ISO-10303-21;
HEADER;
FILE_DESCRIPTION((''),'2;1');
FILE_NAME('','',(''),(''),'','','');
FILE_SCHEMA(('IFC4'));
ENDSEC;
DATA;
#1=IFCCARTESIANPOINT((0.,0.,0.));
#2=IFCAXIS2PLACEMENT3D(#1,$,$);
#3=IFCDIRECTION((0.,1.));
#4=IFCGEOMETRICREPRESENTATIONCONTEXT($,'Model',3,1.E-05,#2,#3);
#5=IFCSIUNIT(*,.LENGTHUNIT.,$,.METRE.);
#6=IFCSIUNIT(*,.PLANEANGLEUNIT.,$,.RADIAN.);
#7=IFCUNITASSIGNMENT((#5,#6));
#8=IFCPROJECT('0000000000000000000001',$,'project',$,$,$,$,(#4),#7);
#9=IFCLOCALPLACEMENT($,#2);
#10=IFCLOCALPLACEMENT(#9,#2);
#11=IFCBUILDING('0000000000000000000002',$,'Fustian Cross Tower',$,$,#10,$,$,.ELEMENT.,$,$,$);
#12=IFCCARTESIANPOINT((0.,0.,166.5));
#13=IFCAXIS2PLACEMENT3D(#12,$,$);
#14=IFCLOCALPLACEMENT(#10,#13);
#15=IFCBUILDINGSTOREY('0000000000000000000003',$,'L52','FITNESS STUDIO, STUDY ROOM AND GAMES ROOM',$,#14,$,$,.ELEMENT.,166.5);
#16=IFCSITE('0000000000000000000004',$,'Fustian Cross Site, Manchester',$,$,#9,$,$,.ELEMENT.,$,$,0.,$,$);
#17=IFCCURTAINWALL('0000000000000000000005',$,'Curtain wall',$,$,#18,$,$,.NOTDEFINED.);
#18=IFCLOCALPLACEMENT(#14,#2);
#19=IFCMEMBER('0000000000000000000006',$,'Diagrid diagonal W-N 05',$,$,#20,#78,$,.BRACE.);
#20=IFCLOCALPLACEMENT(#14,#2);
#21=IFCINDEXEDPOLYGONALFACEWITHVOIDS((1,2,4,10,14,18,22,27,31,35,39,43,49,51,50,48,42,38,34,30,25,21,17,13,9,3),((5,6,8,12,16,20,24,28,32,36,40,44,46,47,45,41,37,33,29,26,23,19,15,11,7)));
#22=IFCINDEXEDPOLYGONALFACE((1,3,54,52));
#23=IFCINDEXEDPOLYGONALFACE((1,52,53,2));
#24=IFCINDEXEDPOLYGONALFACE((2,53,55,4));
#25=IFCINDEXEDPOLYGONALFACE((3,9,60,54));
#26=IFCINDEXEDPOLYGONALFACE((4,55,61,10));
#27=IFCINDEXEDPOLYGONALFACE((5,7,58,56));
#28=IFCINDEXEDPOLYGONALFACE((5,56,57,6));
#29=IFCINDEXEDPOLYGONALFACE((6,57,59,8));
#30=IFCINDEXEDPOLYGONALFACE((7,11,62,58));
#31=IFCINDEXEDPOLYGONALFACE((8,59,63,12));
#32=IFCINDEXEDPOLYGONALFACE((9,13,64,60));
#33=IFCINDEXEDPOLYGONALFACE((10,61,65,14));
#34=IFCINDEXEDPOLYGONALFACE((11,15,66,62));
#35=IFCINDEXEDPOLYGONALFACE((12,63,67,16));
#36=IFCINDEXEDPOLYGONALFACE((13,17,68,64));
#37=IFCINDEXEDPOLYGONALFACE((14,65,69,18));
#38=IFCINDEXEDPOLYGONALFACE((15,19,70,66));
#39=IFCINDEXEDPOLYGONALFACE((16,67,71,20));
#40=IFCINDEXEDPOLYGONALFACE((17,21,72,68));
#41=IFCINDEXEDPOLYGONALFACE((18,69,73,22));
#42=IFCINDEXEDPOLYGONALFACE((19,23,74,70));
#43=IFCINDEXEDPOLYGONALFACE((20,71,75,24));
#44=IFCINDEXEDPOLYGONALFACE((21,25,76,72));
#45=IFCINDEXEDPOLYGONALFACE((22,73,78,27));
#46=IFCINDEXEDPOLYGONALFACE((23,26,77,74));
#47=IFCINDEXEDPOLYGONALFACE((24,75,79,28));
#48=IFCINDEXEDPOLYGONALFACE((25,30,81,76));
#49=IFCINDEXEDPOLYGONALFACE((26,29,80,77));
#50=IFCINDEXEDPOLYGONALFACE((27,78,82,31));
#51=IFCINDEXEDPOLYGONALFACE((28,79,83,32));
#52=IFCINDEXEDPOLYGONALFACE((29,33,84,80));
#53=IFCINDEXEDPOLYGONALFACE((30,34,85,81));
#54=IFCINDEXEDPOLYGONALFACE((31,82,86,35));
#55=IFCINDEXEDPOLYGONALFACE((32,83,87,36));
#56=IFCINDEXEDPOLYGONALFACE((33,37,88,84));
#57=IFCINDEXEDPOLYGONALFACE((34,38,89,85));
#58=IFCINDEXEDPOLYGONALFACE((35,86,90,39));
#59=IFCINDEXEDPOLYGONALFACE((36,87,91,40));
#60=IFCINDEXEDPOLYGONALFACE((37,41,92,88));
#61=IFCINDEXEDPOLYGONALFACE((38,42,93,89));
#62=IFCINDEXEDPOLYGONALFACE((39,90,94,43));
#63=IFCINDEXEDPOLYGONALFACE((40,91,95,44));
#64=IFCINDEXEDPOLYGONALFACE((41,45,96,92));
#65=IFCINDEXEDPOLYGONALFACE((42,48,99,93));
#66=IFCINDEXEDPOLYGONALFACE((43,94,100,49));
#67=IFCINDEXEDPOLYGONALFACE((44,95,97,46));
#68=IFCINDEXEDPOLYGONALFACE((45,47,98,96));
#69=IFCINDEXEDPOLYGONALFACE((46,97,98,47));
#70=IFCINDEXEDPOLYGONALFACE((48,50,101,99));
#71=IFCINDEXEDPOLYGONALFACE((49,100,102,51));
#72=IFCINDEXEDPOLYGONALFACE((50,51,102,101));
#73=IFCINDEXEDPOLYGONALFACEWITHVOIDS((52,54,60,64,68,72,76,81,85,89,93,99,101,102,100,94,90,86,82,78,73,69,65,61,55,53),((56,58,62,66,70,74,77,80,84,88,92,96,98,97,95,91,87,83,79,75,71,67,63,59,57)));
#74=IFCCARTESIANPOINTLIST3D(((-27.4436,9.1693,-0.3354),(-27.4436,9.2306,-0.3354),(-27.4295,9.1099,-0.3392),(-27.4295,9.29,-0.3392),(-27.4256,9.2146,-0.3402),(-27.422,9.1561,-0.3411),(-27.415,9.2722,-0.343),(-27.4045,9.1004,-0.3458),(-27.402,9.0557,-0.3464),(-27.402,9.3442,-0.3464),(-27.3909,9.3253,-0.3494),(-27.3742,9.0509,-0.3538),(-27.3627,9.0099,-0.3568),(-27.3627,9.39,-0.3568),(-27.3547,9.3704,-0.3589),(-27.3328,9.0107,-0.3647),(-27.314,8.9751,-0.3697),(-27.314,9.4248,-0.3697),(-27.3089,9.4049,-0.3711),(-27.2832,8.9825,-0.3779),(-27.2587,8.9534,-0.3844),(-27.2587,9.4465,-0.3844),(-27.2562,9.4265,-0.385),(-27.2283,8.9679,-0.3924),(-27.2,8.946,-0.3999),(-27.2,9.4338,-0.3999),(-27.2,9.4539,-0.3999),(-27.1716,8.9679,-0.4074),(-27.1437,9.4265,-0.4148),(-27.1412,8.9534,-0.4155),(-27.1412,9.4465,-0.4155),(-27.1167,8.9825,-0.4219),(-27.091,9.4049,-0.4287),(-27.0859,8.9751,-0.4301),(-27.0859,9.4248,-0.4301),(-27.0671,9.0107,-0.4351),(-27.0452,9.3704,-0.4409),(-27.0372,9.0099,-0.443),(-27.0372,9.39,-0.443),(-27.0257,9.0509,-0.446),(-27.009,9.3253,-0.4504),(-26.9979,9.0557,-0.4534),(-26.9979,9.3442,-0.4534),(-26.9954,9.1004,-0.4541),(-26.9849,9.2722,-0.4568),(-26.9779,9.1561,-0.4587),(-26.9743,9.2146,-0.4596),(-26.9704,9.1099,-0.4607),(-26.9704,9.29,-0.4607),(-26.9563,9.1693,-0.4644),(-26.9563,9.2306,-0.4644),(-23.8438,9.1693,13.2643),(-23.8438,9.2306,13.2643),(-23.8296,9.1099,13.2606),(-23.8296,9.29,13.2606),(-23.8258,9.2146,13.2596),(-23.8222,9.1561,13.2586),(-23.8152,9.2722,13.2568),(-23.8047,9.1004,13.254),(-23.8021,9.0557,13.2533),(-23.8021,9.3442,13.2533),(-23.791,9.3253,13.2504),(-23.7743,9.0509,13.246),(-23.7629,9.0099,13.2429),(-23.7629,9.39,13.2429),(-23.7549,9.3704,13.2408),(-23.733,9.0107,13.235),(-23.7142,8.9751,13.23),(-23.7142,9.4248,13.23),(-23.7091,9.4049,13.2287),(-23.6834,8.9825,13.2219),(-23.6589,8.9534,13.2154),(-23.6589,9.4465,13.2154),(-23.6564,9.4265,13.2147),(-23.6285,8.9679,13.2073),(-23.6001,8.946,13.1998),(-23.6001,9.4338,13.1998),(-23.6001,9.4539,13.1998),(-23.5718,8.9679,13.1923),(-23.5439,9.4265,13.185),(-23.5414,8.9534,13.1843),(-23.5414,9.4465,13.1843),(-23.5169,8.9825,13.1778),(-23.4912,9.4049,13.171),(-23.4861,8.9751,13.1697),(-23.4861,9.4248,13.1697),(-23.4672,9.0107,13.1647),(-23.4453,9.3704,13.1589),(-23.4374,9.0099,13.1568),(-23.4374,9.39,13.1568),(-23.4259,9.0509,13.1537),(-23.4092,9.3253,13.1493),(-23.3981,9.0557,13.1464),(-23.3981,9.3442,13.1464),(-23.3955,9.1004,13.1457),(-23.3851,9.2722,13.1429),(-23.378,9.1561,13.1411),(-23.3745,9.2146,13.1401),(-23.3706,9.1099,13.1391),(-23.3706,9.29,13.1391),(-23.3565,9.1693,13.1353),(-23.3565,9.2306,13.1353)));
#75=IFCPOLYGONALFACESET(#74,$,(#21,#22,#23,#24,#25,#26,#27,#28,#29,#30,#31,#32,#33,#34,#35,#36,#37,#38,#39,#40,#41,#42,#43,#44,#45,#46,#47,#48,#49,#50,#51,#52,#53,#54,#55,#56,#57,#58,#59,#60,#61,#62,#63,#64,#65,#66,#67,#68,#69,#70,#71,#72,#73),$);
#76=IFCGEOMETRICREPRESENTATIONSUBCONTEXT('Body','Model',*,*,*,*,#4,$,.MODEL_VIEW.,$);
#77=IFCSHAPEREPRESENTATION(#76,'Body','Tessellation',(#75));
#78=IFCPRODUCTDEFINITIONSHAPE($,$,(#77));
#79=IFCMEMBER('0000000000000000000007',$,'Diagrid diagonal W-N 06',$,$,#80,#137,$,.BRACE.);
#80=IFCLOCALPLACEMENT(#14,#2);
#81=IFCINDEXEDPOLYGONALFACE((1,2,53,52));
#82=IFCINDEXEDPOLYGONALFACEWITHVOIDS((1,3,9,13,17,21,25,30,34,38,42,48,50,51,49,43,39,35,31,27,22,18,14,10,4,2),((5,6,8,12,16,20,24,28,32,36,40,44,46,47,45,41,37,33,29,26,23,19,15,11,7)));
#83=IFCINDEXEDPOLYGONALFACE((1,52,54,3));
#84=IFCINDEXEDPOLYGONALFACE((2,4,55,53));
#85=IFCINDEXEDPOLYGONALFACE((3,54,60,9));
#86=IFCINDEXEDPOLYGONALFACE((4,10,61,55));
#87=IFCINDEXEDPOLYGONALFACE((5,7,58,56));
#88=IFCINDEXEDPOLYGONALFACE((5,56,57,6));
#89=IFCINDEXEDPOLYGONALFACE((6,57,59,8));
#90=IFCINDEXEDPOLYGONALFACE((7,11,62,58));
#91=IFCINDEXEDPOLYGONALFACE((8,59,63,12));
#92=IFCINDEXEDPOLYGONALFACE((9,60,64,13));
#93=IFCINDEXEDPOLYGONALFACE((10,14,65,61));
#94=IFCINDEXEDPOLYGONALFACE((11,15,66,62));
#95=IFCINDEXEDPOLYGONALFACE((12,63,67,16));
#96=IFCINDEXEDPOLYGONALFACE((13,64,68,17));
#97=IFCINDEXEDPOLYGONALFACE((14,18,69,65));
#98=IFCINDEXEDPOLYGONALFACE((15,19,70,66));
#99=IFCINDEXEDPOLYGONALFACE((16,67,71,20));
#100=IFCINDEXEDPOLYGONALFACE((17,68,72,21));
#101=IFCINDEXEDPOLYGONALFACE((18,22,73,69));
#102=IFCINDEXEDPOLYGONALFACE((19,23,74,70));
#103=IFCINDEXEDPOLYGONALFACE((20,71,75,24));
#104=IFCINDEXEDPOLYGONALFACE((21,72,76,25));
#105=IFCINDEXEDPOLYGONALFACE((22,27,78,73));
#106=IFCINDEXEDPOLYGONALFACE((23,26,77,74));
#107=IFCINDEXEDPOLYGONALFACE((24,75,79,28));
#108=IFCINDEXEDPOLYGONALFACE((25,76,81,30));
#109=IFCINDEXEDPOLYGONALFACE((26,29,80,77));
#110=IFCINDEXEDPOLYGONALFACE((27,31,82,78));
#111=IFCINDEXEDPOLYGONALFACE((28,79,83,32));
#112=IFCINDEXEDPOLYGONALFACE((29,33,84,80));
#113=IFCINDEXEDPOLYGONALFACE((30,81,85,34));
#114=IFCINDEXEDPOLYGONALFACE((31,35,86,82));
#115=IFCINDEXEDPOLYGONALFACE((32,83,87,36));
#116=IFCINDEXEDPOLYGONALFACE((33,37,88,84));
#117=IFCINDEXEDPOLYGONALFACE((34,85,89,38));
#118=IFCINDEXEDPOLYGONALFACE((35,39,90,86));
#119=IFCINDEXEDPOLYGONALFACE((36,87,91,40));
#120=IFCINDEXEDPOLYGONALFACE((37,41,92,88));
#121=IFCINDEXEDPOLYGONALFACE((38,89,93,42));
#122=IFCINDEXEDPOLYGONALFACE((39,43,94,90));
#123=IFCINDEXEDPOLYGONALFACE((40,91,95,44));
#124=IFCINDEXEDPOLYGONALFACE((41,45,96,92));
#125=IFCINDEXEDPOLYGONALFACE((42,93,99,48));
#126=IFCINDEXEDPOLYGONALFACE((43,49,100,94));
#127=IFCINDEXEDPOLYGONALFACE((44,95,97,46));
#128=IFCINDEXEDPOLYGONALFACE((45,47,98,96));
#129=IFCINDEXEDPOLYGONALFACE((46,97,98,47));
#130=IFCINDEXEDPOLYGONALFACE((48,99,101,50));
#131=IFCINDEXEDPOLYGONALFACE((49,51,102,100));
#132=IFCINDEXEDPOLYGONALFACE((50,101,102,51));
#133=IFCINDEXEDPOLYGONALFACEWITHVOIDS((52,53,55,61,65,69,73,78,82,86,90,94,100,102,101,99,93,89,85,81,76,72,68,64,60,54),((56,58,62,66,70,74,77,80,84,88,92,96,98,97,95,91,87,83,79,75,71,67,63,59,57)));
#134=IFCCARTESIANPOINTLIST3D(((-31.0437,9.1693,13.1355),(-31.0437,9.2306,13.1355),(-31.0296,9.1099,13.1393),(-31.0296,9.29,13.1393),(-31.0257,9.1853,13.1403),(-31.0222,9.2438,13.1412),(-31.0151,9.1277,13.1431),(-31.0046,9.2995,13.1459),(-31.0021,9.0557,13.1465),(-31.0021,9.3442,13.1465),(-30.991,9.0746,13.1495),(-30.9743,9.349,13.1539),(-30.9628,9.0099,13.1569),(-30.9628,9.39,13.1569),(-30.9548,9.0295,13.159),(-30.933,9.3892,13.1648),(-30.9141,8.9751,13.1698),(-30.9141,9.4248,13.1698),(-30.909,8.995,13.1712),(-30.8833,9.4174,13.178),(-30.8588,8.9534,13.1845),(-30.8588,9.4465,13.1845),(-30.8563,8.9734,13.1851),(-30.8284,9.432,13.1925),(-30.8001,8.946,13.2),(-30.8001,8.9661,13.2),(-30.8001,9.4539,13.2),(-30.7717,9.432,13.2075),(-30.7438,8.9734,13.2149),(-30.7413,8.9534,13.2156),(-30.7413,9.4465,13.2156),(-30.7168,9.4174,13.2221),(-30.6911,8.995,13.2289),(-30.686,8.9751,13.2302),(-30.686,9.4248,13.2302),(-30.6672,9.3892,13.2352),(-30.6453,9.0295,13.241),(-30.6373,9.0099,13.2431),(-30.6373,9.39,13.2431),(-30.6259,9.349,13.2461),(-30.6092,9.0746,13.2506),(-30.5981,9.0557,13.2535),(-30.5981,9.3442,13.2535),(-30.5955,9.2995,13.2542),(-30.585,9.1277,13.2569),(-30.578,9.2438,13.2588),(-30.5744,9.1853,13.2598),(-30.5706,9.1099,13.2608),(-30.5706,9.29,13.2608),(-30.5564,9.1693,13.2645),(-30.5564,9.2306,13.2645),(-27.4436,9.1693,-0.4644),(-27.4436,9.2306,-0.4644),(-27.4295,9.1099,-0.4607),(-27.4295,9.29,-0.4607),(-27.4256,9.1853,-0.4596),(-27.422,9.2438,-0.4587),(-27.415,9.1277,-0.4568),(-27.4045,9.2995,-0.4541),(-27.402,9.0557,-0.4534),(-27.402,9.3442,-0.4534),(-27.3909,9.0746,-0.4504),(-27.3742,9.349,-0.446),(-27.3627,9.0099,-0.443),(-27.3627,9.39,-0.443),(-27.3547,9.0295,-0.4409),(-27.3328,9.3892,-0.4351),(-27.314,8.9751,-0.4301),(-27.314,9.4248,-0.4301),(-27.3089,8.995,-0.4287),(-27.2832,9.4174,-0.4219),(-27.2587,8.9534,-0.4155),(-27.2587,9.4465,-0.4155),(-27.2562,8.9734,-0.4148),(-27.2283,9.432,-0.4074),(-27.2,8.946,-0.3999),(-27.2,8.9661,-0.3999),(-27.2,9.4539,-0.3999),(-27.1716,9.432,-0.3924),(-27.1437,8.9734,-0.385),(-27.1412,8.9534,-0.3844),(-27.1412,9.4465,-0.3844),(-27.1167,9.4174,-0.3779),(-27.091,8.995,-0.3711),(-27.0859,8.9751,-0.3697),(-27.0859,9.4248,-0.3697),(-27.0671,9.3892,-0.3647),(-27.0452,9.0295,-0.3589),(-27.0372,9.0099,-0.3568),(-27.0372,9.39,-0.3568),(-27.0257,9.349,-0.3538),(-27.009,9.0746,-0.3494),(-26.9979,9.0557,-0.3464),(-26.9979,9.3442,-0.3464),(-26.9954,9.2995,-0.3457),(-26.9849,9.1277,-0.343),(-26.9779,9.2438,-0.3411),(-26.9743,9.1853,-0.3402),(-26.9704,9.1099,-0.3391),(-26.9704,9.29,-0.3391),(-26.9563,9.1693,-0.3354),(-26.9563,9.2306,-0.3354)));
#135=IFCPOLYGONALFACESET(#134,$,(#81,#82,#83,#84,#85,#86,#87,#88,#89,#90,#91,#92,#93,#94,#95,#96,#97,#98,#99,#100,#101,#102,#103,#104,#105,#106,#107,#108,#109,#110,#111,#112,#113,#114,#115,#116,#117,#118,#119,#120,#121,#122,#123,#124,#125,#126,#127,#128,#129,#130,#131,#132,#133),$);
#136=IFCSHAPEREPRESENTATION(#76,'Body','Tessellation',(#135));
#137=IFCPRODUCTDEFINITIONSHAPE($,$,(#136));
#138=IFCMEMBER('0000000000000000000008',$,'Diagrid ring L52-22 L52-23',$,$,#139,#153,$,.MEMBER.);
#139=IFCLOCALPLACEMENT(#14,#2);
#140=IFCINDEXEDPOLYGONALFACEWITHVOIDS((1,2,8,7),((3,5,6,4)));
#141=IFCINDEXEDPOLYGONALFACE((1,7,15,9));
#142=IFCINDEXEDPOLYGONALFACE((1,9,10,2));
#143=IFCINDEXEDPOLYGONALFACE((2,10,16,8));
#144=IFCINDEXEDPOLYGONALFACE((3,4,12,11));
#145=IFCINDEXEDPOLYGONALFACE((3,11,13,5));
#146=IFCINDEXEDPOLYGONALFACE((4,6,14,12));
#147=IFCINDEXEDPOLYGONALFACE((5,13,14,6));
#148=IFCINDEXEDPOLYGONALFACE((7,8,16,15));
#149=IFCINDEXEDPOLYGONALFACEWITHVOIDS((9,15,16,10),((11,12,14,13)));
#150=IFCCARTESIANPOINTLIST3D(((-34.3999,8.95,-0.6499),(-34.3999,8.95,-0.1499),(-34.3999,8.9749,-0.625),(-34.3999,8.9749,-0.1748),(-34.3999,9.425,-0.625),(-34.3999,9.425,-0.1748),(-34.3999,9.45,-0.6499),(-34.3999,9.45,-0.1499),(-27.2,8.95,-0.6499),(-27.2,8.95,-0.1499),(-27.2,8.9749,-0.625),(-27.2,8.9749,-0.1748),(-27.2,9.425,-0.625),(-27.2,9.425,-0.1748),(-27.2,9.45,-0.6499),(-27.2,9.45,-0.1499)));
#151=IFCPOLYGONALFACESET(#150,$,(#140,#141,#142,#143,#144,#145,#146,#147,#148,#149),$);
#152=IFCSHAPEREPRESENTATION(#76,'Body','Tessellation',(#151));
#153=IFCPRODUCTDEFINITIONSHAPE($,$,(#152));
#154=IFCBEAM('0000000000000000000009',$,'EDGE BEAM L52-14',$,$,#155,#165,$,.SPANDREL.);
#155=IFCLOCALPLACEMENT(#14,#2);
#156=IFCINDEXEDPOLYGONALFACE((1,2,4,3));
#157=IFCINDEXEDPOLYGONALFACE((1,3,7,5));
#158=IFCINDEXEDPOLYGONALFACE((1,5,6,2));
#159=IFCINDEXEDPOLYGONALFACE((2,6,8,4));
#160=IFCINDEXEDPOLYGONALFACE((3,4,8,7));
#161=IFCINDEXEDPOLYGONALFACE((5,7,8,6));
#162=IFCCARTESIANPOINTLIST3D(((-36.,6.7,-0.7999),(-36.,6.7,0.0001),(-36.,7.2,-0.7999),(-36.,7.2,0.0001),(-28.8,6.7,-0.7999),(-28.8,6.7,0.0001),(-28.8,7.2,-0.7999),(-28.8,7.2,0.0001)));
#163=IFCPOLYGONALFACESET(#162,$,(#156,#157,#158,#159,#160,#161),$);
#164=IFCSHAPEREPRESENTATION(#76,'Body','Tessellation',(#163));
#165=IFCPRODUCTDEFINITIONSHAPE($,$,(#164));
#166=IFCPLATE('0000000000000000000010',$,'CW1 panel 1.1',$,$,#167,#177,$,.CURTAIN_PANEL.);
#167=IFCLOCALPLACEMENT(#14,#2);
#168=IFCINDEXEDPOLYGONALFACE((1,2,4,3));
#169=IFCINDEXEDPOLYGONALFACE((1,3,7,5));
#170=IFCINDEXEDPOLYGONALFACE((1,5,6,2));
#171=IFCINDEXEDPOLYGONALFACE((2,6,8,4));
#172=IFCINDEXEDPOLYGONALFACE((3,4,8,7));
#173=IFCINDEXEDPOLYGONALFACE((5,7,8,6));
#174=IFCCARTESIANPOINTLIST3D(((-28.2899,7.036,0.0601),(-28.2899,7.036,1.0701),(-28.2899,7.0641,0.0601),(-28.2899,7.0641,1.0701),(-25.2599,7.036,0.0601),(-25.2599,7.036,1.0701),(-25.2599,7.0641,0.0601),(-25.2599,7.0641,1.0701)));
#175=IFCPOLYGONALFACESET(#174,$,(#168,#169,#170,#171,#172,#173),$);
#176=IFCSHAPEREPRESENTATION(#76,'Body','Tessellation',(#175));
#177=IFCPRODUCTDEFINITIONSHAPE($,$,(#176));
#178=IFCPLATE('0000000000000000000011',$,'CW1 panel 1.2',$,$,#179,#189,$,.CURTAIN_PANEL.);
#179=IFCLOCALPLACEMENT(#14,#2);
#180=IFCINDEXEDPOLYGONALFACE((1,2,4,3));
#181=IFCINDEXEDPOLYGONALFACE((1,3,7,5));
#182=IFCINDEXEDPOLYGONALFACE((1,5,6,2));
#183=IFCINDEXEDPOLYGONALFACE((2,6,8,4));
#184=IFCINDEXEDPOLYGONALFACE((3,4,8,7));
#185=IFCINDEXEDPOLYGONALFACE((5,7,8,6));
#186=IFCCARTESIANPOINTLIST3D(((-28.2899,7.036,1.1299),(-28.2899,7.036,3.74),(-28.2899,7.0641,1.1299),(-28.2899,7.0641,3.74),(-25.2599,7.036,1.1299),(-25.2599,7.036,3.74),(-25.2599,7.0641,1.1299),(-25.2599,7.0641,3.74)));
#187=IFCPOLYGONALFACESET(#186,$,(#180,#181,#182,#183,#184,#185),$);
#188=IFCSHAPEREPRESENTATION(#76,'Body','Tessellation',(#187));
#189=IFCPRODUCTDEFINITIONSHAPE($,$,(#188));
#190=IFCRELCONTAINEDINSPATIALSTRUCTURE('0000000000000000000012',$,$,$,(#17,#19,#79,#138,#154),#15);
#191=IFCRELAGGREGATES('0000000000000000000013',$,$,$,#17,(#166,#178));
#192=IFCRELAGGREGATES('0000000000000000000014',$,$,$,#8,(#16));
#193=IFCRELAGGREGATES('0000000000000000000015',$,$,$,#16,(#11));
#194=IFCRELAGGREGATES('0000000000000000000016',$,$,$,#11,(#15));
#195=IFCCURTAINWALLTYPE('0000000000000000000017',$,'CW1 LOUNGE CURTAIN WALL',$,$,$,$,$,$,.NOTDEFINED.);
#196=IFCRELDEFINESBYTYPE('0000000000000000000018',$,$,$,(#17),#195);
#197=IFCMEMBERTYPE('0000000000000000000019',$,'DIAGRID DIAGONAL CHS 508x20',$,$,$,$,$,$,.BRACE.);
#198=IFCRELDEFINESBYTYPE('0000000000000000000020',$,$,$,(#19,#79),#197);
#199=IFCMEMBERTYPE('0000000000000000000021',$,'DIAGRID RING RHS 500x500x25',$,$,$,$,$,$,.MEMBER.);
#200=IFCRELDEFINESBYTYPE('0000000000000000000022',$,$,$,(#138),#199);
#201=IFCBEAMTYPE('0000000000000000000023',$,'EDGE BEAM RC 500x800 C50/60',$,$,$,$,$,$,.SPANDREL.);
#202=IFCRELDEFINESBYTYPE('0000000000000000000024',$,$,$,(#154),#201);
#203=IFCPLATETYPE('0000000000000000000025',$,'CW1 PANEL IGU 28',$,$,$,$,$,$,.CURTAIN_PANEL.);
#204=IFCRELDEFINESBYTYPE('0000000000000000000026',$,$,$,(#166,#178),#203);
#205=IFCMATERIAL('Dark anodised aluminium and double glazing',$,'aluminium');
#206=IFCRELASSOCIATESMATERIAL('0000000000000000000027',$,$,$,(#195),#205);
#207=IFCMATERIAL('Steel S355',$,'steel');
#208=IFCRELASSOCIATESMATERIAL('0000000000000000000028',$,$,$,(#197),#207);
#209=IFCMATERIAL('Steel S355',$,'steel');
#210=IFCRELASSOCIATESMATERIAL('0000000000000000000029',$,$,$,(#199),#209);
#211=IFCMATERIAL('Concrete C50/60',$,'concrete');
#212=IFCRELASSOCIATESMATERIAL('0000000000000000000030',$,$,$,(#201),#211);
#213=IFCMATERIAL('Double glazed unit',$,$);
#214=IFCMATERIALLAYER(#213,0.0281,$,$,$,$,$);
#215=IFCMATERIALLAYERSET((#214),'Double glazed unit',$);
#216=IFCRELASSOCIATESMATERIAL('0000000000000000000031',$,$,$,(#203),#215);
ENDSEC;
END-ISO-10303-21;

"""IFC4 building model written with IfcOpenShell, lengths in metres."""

from ifc_helpers import new_model, si_unit, direction, frame, origin, origin_2d, place, context, subcontext, project, spatial, rectangle, hollow_rectangle, hollow_circle, extrude, material, layer, layer_set, material_profile, profile_set, type_object, element, aggregate, save


model = new_model("IFC4")

# Units and contexts
model_context = context("Model", 3, precision=1e-05, world=origin(), true_north=direction((0.0, 1.0)))
body_context = subcontext(model_context, "Body", "Model", "MODEL_VIEW")
ifc_project = project(units=[si_unit("LENGTHUNIT", "METRE"), si_unit("PLANEANGLEUNIT", "RADIAN")], contexts=[model_context])

# Site, building, storey
site_placement = place(None, origin())
site = spatial("IfcSite", under=ifc_project, at=site_placement, Name="Fustian Cross Site, Manchester", CompositionType="ELEMENT", RefElevation=0.0)
building_placement = place(site_placement, origin())
building = spatial("IfcBuilding", under=site, at=building_placement, Name="Fustian Cross Tower", CompositionType="ELEMENT")
storey_placement = place(building_placement, frame((0.0, 0.0, 166.5)))
storey = spatial("IfcBuildingStorey", under=building, at=storey_placement, Name="L52", Description="FITNESS STUDIO, STUDY ROOM AND GAMES ROOM", CompositionType="ELEMENT", Elevation=166.5)

# Curtain wall
ifc_material_1 = material(Name="Dark anodised aluminium and double glazing", Category="aluminium")
curtain_wall_type = type_object("IfcCurtainWallType", Name="CW1 LOUNGE CURTAIN WALL", PredefinedType="NOTDEFINED", material=ifc_material_1)
curtain_wall_1_placement = place(storey_placement, origin())
curtain_wall_1 = element("IfcCurtainWall", 1, at=curtain_wall_1_placement, inside=storey, type_object=curtain_wall_type, Name="Curtain wall", PredefinedType="NOTDEFINED")

# Members
ifc_material_2 = material(Name="Steel S355", Category="steel")
ifc_material_profile_1 = material_profile(ifc_material_2, hollow_circle(Radius=0.2539, WallThickness=0.02, at=origin_2d()), Name="CHS 508x20")
ifc_profile_set_1 = profile_set([ifc_material_profile_1], Name="Steel S355")
member_type_1 = type_object("IfcMemberType", Name="DIAGRID DIAGONAL CHS 508x20", PredefinedType="BRACE", material=ifc_profile_set_1)
member_1_placement = place(storey_placement, frame((-27.2, 9.2, -0.3999), z_axis=(0.255885, 0.0, 0.966707), x_axis=(0.0, 1.0, 0.0)))
element("IfcMember", 2, at=member_1_placement, inside=storey, type_object=member_type_1, Name="Diagrid diagonal W-N 05", PredefinedType="BRACE", context=body_context, shape_type="SweptSolid", body=[
    extrude(hollow_circle(Radius=0.2539, WallThickness=0.02, at=origin_2d()), origin(), (0.0, 0.0, 1.0), 14.0681),
])
member_2_placement = place(storey_placement, frame((-27.2, 9.2, -0.3999), z_axis=(-0.255902, 0.0, 0.966703), x_axis=(0.0, -1.0, 0.0)))
element("IfcMember", 3, at=member_2_placement, inside=storey, type_object=member_type_1, Name="Diagrid diagonal W-N 06", PredefinedType="BRACE", context=body_context, shape_type="SweptSolid", body=[
    extrude(hollow_circle(Radius=0.2539, WallThickness=0.02, at=origin_2d()), origin(), (0.0, 0.0, 1.0), 14.0684),
])
ifc_material_3 = material(Name="Steel S355", Category="steel")
ifc_material_profile_2 = material_profile(ifc_material_3, hollow_rectangle(XDim=0.5, YDim=0.5, WallThickness=0.0249, at=origin_2d()), Name="RHS 500x500x25")
ifc_profile_set_2 = profile_set([ifc_material_profile_2], Name="Steel S355")
member_type_2 = type_object("IfcMemberType", Name="DIAGRID RING RHS 500x500x25", PredefinedType="MEMBER", material=ifc_profile_set_2)
member_3_placement = place(storey_placement, frame((-27.2, 9.2, -0.3999), z_axis=(-1.0, 0.0, 0.0), x_axis=(0.0, -1.0, 0.0)))
element("IfcMember", 4, at=member_3_placement, inside=storey, type_object=member_type_2, Name="Diagrid ring L52-22 L52-23", PredefinedType="MEMBER", context=body_context, shape_type="SweptSolid", body=[
    extrude(hollow_rectangle(XDim=0.5, YDim=0.5, WallThickness=0.0249, at=origin_2d()), origin(), (0.0, 0.0, 1.0), 7.2),
])

# Beam
ifc_material_4 = material(Name="Concrete C50/60", Category="concrete")
ifc_material_profile_3 = material_profile(ifc_material_4, rectangle(XDim=0.5, YDim=0.8, at=origin_2d()), Name="RC 500x800")
ifc_profile_set_3 = profile_set([ifc_material_profile_3], Name="Concrete C50/60")
beam_type = type_object("IfcBeamType", Name="EDGE BEAM RC 500x800 C50/60", PredefinedType="SPANDREL", material=ifc_profile_set_3)
beam_placement = place(storey_placement, frame((-28.8, 6.95, -0.3999), z_axis=(-1.0, 0.0, 0.0), x_axis=(0.0, -1.0, 0.0)))
element("IfcBeam", 5, at=beam_placement, inside=storey, type_object=beam_type, Name="EDGE BEAM L52-14", PredefinedType="SPANDREL", context=body_context, shape_type="SweptSolid", body=[
    extrude(rectangle(XDim=0.5, YDim=0.8, at=origin_2d()), origin(), (0.0, 0.0, 1.0), 7.2),
])

# Plates
ifc_material_5 = material(Name="Double glazed unit")
ifc_layer_1 = layer(ifc_material_5, 0.0281)
ifc_layer_set_1 = layer_set([ifc_layer_1], Name="Double glazed unit")
plate_type = type_object("IfcPlateType", Name="CW1 PANEL IGU 28", PredefinedType="CURTAIN_PANEL", material=ifc_layer_set_1)
plate_1_placement = place(storey_placement, frame((-26.7749, 7.05, 0.0601), z_axis=(0.0, 0.0, 1.0), x_axis=(-1.0, 0.0, 0.0)))
plate_1 = element("IfcPlate", 6, at=plate_1_placement, type_object=plate_type, Name="CW1 panel 1.1", PredefinedType="CURTAIN_PANEL", context=body_context, shape_type="SweptSolid", body=[
    extrude(rectangle(XDim=3.03, YDim=0.0281, at=origin_2d()), origin(), (0.0, 0.0, 1.0), 1.01),
])
plate_2_placement = place(storey_placement, frame((-26.7749, 7.05, 1.1299), z_axis=(0.0, 0.0, 1.0), x_axis=(-1.0, 0.0, 0.0)))
plate_2 = element("IfcPlate", 7, at=plate_2_placement, type_object=plate_type, Name="CW1 panel 1.2", PredefinedType="CURTAIN_PANEL", context=body_context, shape_type="SweptSolid", body=[
    extrude(rectangle(XDim=3.03, YDim=0.0281, at=origin_2d()), origin(), (0.0, 0.0, 1.0), 2.6101),
])
aggregate(curtain_wall_1, [plate_1, plate_2])

save(model, "model.ifc")
